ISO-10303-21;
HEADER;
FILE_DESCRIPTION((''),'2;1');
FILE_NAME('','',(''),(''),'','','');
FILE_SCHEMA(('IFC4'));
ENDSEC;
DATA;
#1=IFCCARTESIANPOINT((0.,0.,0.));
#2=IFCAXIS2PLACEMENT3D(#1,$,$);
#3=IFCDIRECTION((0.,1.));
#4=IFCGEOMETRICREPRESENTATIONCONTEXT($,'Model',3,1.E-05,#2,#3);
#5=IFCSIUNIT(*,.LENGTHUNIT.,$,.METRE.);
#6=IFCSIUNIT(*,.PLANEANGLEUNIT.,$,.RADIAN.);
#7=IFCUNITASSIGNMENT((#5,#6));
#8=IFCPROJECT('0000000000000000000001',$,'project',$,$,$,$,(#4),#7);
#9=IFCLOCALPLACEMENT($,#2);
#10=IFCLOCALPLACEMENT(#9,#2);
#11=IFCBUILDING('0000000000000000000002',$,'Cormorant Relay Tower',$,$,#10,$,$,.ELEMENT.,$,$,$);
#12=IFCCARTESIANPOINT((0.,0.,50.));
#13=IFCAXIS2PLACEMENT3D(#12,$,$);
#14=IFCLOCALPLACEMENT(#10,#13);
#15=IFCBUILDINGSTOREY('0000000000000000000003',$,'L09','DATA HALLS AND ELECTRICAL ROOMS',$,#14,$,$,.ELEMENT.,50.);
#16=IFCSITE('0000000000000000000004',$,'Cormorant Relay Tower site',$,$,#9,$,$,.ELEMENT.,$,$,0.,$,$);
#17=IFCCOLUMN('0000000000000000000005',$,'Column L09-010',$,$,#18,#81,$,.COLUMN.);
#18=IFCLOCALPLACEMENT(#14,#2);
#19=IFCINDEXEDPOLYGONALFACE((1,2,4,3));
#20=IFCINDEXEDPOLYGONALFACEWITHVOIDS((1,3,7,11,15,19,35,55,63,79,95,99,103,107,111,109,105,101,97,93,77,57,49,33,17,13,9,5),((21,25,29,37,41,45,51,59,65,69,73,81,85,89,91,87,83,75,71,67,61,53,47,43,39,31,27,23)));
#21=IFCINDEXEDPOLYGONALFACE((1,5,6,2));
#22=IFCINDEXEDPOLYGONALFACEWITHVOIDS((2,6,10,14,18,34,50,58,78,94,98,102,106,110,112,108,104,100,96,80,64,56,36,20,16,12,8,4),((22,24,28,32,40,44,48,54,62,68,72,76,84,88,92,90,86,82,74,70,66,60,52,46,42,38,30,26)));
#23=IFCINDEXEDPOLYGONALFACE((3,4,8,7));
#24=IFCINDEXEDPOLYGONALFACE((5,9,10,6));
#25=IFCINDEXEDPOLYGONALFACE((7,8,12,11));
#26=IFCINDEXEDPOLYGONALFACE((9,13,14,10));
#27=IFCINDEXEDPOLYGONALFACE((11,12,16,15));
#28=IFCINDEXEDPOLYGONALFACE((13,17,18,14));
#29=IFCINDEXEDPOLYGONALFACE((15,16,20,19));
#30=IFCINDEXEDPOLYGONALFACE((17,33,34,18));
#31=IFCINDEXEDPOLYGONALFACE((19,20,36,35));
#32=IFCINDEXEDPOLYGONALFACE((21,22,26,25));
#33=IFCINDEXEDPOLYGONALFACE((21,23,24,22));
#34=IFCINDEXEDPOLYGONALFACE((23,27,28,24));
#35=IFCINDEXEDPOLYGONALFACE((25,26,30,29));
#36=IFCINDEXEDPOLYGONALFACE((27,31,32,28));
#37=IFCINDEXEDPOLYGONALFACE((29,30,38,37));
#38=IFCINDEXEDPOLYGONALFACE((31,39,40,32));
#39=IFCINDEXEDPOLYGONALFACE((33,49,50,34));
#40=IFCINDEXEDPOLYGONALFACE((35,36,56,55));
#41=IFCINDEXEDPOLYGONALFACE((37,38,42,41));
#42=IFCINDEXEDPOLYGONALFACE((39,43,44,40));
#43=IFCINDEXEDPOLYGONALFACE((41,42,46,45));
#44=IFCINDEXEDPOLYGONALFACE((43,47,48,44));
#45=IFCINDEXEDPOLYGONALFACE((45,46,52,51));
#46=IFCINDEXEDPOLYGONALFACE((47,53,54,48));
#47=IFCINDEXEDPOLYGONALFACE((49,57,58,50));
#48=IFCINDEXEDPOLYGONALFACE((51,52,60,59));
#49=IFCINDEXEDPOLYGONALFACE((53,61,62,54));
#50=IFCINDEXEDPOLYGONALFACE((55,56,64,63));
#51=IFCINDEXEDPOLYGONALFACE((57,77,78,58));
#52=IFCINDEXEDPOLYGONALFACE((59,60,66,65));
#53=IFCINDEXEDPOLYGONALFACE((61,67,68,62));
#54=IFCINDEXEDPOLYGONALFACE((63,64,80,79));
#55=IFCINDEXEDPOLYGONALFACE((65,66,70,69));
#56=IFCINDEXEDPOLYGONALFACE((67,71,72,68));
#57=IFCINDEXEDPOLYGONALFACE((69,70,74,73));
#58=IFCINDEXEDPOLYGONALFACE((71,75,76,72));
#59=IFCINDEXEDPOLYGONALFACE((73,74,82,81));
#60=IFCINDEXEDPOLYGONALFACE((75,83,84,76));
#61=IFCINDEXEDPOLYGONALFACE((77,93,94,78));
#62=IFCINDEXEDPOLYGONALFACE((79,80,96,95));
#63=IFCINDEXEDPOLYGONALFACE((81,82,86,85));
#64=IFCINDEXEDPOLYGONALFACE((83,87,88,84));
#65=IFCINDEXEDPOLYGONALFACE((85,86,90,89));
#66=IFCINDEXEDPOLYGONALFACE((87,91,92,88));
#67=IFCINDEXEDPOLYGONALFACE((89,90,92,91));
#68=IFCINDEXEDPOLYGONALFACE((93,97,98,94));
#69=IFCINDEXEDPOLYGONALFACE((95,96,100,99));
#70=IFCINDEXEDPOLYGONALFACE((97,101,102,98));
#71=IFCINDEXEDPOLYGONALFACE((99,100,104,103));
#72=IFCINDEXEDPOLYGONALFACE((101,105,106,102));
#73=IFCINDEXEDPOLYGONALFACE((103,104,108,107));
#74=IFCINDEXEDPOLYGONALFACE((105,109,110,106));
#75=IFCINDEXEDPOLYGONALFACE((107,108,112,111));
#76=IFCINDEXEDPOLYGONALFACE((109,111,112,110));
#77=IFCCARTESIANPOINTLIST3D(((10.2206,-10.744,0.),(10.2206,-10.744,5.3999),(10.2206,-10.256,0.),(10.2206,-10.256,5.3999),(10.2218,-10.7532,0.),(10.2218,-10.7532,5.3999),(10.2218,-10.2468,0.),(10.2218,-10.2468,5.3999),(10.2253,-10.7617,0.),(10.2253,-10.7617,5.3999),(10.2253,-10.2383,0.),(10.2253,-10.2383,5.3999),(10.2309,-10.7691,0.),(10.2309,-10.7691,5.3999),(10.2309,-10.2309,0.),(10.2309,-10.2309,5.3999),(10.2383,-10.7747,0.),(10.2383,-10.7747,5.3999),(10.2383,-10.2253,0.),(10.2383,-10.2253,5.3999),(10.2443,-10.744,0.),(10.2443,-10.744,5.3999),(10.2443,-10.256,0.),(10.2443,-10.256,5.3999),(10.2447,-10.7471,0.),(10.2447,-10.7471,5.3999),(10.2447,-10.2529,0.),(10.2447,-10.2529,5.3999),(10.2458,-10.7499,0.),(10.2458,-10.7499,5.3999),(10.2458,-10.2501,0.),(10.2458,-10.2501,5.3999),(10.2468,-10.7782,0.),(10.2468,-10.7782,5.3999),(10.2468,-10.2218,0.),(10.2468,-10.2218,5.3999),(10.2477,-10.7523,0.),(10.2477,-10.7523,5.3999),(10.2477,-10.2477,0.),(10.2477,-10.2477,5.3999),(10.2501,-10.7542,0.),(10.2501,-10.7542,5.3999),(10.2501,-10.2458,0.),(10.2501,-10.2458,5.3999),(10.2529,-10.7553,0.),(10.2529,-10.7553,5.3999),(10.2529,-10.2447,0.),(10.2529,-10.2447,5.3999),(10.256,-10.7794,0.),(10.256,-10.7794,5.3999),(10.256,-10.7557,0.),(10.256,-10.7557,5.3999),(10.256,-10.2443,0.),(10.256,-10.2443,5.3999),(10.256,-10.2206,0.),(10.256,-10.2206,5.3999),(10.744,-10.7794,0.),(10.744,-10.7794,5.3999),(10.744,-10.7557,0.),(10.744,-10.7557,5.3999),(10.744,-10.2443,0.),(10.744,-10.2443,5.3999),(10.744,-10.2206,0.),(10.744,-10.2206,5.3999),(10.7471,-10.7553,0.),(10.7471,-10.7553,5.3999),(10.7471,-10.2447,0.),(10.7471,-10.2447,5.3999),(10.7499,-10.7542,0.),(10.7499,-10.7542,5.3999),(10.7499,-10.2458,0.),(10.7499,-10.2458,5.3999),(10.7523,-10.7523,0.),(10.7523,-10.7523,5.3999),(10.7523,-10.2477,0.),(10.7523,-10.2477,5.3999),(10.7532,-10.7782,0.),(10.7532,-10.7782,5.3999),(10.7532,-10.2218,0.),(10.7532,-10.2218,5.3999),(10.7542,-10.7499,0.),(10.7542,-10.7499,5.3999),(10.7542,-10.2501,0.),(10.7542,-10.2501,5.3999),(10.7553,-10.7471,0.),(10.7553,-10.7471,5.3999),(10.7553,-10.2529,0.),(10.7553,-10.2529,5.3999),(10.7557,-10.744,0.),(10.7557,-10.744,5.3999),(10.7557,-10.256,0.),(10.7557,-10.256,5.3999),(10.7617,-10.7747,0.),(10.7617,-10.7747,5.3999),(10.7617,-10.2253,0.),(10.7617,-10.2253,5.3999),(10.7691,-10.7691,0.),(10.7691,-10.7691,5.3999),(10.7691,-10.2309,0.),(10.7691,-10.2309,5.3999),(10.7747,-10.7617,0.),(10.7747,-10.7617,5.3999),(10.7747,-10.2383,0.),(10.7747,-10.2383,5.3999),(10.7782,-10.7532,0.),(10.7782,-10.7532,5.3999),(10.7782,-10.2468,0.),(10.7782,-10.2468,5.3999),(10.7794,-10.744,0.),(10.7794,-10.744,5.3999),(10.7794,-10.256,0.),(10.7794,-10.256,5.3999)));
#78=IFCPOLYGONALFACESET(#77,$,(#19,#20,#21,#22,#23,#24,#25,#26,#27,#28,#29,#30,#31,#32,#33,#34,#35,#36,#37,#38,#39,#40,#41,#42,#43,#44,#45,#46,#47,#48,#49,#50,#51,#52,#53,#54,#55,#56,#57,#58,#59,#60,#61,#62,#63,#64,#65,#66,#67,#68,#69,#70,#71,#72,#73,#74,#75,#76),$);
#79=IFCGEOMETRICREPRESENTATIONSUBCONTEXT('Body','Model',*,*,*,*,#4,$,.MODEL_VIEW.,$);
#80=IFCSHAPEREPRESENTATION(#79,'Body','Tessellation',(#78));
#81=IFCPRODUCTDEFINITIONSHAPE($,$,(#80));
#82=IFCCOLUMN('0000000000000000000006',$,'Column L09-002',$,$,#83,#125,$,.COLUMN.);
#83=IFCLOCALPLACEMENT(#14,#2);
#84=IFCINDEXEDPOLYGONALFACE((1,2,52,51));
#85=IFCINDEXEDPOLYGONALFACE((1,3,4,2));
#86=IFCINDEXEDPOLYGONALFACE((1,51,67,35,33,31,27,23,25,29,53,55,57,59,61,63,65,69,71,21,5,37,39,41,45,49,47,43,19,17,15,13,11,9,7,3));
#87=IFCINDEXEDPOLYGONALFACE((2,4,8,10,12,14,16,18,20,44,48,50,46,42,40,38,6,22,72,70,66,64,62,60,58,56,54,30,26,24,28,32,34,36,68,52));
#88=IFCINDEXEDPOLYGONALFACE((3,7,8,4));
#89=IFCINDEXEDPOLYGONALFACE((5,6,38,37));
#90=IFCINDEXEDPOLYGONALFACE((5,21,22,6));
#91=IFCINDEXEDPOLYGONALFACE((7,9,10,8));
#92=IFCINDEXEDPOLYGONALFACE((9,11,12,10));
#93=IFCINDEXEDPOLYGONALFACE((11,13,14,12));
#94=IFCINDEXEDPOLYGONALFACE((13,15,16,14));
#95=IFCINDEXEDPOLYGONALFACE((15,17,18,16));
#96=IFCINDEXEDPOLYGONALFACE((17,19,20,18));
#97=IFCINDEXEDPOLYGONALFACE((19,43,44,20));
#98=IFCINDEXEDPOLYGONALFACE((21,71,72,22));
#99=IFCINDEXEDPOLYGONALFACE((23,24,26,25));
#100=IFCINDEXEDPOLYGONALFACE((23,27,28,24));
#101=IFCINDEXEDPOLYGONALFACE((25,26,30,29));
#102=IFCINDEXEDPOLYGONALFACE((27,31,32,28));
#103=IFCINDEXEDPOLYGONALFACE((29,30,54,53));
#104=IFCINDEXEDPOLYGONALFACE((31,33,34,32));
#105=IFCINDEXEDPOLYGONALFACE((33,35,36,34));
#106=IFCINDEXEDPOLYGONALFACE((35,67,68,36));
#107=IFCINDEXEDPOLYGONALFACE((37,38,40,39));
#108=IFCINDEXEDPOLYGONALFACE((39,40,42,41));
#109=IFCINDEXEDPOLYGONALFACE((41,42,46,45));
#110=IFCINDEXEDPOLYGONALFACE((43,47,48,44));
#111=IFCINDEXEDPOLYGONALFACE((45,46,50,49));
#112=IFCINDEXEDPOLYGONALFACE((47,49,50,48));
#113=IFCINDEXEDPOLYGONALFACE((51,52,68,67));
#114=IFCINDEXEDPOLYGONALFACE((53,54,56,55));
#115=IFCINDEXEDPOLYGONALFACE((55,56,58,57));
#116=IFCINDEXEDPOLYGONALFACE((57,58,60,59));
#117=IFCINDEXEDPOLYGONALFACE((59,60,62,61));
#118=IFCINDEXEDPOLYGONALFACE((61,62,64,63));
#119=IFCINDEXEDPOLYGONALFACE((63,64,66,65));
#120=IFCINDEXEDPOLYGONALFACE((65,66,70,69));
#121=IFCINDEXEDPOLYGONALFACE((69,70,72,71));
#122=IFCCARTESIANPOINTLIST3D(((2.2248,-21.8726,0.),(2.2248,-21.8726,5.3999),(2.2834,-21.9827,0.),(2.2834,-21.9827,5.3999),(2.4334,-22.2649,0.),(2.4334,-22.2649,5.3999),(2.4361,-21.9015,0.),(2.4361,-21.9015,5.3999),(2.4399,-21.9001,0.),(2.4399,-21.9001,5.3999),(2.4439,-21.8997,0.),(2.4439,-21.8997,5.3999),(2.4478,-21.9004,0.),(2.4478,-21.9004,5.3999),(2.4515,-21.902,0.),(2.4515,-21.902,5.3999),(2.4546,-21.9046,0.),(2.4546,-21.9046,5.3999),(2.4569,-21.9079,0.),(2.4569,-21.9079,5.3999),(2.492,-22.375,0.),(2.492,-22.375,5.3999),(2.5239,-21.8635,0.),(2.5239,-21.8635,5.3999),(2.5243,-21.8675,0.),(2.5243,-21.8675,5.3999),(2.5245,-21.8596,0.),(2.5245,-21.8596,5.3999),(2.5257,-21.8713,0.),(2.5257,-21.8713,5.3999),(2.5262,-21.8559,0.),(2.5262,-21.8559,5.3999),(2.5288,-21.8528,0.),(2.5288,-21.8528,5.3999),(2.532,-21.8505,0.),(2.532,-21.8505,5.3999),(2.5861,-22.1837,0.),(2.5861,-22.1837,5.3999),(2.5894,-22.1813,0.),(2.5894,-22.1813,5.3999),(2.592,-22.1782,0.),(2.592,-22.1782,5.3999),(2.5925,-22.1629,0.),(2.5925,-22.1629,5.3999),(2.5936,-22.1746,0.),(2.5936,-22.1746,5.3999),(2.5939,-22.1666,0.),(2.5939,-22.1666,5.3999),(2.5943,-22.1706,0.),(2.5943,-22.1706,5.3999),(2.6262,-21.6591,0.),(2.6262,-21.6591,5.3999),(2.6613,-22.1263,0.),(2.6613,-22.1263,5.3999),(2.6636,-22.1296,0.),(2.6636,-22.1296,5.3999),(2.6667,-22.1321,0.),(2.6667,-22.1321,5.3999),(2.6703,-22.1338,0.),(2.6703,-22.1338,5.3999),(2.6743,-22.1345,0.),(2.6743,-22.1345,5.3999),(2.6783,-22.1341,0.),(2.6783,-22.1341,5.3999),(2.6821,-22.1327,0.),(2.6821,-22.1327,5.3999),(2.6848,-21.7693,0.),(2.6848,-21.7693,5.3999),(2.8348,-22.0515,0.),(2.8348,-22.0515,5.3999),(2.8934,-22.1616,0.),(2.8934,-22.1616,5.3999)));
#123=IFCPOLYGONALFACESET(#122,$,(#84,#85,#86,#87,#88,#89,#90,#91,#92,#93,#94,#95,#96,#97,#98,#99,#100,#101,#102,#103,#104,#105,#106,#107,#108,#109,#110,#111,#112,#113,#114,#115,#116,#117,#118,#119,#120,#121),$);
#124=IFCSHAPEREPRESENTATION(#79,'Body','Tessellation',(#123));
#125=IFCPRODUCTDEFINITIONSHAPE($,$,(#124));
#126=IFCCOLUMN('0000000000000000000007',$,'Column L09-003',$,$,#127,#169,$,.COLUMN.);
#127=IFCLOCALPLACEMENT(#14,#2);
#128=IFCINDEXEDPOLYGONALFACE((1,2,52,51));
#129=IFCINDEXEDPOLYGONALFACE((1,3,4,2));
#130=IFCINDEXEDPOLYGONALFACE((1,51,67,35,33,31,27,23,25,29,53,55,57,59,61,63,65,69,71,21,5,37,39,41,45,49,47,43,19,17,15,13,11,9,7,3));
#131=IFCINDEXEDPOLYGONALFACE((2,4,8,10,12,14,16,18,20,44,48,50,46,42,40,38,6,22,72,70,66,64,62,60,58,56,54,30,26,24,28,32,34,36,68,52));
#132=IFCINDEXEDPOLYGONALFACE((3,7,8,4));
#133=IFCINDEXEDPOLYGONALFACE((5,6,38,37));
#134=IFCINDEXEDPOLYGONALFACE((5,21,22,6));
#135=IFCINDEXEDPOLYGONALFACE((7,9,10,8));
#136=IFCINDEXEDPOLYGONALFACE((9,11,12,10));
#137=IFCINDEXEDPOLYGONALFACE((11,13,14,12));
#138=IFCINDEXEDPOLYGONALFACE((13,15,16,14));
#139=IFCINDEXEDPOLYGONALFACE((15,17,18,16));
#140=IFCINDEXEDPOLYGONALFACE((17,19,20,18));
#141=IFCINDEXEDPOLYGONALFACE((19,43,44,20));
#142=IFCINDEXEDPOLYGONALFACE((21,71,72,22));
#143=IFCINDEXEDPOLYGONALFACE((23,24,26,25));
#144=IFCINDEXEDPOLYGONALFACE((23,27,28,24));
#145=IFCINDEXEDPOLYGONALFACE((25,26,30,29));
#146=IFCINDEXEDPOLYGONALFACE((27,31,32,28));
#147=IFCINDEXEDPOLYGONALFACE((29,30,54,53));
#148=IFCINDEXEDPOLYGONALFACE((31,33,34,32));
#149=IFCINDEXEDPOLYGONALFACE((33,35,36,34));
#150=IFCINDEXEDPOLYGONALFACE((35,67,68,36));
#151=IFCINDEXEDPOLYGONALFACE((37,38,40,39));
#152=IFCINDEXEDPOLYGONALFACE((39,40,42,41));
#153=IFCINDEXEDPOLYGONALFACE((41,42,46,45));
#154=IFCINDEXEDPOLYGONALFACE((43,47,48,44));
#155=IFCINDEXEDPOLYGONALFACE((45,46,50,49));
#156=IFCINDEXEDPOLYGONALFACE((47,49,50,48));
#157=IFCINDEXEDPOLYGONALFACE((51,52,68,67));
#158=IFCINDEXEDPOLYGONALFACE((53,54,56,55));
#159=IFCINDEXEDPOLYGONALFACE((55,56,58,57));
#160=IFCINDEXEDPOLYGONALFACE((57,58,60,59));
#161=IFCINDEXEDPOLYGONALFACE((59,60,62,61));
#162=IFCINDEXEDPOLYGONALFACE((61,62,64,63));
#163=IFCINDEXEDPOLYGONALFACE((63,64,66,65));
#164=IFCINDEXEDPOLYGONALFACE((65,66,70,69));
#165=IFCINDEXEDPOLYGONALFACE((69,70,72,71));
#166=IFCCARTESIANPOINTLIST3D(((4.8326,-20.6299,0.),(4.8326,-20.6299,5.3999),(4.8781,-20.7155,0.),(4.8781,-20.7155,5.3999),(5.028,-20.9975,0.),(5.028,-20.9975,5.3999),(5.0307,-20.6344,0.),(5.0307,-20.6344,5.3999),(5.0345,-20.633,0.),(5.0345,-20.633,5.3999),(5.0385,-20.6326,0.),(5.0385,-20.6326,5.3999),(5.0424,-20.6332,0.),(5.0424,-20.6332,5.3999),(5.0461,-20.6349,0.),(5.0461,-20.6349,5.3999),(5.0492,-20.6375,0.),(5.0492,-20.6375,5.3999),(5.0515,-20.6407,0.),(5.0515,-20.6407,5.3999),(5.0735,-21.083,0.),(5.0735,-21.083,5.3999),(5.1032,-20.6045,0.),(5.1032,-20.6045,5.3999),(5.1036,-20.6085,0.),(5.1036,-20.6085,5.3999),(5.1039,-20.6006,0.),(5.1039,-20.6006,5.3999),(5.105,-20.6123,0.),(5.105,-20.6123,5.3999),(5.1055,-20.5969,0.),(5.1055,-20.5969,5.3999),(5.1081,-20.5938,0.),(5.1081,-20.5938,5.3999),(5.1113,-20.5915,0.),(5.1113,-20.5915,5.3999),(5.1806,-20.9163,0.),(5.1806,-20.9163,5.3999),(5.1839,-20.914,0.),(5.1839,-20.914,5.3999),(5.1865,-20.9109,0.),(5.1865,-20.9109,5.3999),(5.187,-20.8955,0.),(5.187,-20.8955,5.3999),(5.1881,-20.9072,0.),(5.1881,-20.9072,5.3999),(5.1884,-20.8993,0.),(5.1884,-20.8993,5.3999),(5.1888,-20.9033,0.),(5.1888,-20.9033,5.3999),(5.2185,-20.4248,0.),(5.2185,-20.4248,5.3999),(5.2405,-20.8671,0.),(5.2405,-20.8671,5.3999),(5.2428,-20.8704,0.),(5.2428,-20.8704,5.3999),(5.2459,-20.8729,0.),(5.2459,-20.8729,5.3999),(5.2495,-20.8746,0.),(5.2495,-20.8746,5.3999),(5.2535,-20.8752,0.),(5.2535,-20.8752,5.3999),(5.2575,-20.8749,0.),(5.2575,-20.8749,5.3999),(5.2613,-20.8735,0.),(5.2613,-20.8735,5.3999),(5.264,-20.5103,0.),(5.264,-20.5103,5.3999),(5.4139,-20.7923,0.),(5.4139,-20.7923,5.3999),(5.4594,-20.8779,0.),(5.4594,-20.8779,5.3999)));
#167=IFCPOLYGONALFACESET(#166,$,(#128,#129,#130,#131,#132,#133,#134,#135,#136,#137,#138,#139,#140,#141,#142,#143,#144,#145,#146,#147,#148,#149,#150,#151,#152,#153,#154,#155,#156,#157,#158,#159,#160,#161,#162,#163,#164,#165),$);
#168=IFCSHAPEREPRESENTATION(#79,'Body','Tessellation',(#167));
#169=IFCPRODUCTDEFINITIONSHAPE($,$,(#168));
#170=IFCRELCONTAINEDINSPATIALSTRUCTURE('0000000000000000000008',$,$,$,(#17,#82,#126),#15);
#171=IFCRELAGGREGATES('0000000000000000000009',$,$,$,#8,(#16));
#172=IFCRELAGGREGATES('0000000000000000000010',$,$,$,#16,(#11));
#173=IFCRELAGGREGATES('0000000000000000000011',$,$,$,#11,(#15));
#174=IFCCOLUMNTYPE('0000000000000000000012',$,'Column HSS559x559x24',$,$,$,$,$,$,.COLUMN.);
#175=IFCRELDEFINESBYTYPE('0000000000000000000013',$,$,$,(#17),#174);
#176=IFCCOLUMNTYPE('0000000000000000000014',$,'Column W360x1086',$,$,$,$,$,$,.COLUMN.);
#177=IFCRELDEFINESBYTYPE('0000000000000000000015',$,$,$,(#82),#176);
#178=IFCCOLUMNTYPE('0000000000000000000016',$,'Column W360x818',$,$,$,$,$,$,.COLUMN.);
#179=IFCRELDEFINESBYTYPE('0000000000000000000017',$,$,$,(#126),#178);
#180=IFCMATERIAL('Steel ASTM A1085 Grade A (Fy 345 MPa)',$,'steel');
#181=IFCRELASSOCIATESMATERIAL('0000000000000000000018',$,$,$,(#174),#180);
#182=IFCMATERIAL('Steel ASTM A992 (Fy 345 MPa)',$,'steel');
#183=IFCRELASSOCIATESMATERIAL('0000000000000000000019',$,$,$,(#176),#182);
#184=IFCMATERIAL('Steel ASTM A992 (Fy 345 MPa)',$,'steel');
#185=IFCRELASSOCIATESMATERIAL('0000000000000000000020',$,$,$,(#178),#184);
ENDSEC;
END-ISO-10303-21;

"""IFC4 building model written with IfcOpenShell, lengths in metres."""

from ifc_helpers import new_model, si_unit, direction, frame, origin, origin_2d, place, context, subcontext, project, spatial, hollow_rectangle, i_section, extrude, material, material_profile, profile_set, type_object, element, save


model = new_model("IFC4")

# Units and contexts
model_context = context("Model", 3, precision=1e-05, world=origin(), true_north=direction((0.0, 1.0)))
body_context = subcontext(model_context, "Body", "Model", "MODEL_VIEW")
ifc_project = project(units=[si_unit("LENGTHUNIT", "METRE"), si_unit("PLANEANGLEUNIT", "RADIAN")], contexts=[model_context])

# Site, building, storey
site_placement = place(None, origin())
site = spatial("IfcSite", under=ifc_project, at=site_placement, Name="Cormorant Relay Tower site", CompositionType="ELEMENT", RefElevation=0.0)
building_placement = place(site_placement, origin())
building = spatial("IfcBuilding", under=site, at=building_placement, Name="Cormorant Relay Tower", CompositionType="ELEMENT")
storey_placement = place(building_placement, frame((0.0, 0.0, 50.0)))
storey = spatial("IfcBuildingStorey", under=building, at=storey_placement, Name="L09", Description="DATA HALLS AND ELECTRICAL ROOMS", CompositionType="ELEMENT", Elevation=50.0)

# Columns
ifc_material_1 = material(Name="Steel ASTM A1085 Grade A (Fy 345 MPa)", Category="steel")
ifc_material_profile_1 = material_profile(ifc_material_1, hollow_rectangle(XDim=0.5588, YDim=0.5588, WallThickness=0.0237, InnerFilletRadius=0.0117, OuterFilletRadius=0.0354, at=origin_2d()), Name="HSS559x559x24")
ifc_profile_set_1 = profile_set([ifc_material_profile_1], Name="Steel ASTM A1085 Grade A (Fy 345 MPa)")
column_type_1 = type_object("IfcColumnType", Name="Column HSS559x559x24", PredefinedType="COLUMN", material=ifc_profile_set_1)
column_1_placement = place(storey_placement, frame((10.5, -10.5, 0.0), z_axis=(0.0, 0.0, 1.0), x_axis=(1.0, 0.0, 0.0)))
element("IfcColumn", 1, at=column_1_placement, inside=storey, type_object=column_type_1, Name="Column L09-010", PredefinedType="COLUMN", context=body_context, shape_type="SweptSolid", body=[
    extrude(hollow_rectangle(XDim=0.5588, YDim=0.5588, WallThickness=0.0237, InnerFilletRadius=0.0117, OuterFilletRadius=0.0354, at=origin_2d()), origin(), (0.0, 0.0, 1.0), 5.3999),
])
ifc_material_2 = material(Name="Steel ASTM A992 (Fy 345 MPa)", Category="steel")
ifc_material_profile_2 = material_profile(ifc_material_2, i_section(OverallWidth=0.4546, OverallDepth=0.5691, WebThickness=0.0779, FlangeThickness=0.1248, FilletRadius=0.0154, at=origin_2d()), Name="W360x1086")
ifc_profile_set_2 = profile_set([ifc_material_profile_2], Name="Steel ASTM A992 (Fy 345 MPa)")
column_type_2 = type_object("IfcColumnType", Name="Column W360x1086", PredefinedType="COLUMN", material=ifc_profile_set_2)
column_2_placement = place(storey_placement, frame((2.5591, -22.0171, 0.0), z_axis=(0.0, 0.0, 1.0), x_axis=(0.882948, 0.469472, 0.0)))
element("IfcColumn", 2, at=column_2_placement, inside=storey, type_object=column_type_2, Name="Column L09-002", PredefinedType="COLUMN", context=body_context, shape_type="SweptSolid", body=[
    extrude(i_section(OverallWidth=0.4546, OverallDepth=0.5691, WebThickness=0.0779, FlangeThickness=0.1248, FilletRadius=0.0154, at=origin_2d()), origin(), (0.0, 0.0, 1.0), 5.3999),
])
ifc_material_3 = material(Name="Steel ASTM A992 (Fy 345 MPa)", Category="steel")
ifc_material_profile_3 = material_profile(ifc_material_3, i_section(OverallWidth=0.437, OverallDepth=0.5132, WebThickness=0.0605, FlangeThickness=0.0969, FilletRadius=0.0154, at=origin_2d()), Name="W360x818")
ifc_profile_set_3 = profile_set([ifc_material_profile_3], Name="Steel ASTM A992 (Fy 345 MPa)")
column_type_3 = type_object("IfcColumnType", Name="Column W360x818", PredefinedType="COLUMN", material=ifc_profile_set_3)
for number, where, z_axis, x_axis, name in (
    (3, (5.146, -20.7539, 0.0), (0.0, 0.0, 1.0), (0.882948, 0.469472, 0.0), "Column L09-003"),
):
    element("IfcColumn", number, at=place(storey_placement, frame(where, z_axis=z_axis, x_axis=x_axis)), inside=storey, type_object=column_type_3, Name=name, PredefinedType="COLUMN", context=body_context, shape_type="SweptSolid", body=[
        extrude(i_section(OverallWidth=0.437, OverallDepth=0.5132, WebThickness=0.0605, FlangeThickness=0.0969, FilletRadius=0.0154, at=origin_2d()), origin(), (0.0, 0.0, 1.0), 5.3999),
    ])

save(model, "model.ifc")
